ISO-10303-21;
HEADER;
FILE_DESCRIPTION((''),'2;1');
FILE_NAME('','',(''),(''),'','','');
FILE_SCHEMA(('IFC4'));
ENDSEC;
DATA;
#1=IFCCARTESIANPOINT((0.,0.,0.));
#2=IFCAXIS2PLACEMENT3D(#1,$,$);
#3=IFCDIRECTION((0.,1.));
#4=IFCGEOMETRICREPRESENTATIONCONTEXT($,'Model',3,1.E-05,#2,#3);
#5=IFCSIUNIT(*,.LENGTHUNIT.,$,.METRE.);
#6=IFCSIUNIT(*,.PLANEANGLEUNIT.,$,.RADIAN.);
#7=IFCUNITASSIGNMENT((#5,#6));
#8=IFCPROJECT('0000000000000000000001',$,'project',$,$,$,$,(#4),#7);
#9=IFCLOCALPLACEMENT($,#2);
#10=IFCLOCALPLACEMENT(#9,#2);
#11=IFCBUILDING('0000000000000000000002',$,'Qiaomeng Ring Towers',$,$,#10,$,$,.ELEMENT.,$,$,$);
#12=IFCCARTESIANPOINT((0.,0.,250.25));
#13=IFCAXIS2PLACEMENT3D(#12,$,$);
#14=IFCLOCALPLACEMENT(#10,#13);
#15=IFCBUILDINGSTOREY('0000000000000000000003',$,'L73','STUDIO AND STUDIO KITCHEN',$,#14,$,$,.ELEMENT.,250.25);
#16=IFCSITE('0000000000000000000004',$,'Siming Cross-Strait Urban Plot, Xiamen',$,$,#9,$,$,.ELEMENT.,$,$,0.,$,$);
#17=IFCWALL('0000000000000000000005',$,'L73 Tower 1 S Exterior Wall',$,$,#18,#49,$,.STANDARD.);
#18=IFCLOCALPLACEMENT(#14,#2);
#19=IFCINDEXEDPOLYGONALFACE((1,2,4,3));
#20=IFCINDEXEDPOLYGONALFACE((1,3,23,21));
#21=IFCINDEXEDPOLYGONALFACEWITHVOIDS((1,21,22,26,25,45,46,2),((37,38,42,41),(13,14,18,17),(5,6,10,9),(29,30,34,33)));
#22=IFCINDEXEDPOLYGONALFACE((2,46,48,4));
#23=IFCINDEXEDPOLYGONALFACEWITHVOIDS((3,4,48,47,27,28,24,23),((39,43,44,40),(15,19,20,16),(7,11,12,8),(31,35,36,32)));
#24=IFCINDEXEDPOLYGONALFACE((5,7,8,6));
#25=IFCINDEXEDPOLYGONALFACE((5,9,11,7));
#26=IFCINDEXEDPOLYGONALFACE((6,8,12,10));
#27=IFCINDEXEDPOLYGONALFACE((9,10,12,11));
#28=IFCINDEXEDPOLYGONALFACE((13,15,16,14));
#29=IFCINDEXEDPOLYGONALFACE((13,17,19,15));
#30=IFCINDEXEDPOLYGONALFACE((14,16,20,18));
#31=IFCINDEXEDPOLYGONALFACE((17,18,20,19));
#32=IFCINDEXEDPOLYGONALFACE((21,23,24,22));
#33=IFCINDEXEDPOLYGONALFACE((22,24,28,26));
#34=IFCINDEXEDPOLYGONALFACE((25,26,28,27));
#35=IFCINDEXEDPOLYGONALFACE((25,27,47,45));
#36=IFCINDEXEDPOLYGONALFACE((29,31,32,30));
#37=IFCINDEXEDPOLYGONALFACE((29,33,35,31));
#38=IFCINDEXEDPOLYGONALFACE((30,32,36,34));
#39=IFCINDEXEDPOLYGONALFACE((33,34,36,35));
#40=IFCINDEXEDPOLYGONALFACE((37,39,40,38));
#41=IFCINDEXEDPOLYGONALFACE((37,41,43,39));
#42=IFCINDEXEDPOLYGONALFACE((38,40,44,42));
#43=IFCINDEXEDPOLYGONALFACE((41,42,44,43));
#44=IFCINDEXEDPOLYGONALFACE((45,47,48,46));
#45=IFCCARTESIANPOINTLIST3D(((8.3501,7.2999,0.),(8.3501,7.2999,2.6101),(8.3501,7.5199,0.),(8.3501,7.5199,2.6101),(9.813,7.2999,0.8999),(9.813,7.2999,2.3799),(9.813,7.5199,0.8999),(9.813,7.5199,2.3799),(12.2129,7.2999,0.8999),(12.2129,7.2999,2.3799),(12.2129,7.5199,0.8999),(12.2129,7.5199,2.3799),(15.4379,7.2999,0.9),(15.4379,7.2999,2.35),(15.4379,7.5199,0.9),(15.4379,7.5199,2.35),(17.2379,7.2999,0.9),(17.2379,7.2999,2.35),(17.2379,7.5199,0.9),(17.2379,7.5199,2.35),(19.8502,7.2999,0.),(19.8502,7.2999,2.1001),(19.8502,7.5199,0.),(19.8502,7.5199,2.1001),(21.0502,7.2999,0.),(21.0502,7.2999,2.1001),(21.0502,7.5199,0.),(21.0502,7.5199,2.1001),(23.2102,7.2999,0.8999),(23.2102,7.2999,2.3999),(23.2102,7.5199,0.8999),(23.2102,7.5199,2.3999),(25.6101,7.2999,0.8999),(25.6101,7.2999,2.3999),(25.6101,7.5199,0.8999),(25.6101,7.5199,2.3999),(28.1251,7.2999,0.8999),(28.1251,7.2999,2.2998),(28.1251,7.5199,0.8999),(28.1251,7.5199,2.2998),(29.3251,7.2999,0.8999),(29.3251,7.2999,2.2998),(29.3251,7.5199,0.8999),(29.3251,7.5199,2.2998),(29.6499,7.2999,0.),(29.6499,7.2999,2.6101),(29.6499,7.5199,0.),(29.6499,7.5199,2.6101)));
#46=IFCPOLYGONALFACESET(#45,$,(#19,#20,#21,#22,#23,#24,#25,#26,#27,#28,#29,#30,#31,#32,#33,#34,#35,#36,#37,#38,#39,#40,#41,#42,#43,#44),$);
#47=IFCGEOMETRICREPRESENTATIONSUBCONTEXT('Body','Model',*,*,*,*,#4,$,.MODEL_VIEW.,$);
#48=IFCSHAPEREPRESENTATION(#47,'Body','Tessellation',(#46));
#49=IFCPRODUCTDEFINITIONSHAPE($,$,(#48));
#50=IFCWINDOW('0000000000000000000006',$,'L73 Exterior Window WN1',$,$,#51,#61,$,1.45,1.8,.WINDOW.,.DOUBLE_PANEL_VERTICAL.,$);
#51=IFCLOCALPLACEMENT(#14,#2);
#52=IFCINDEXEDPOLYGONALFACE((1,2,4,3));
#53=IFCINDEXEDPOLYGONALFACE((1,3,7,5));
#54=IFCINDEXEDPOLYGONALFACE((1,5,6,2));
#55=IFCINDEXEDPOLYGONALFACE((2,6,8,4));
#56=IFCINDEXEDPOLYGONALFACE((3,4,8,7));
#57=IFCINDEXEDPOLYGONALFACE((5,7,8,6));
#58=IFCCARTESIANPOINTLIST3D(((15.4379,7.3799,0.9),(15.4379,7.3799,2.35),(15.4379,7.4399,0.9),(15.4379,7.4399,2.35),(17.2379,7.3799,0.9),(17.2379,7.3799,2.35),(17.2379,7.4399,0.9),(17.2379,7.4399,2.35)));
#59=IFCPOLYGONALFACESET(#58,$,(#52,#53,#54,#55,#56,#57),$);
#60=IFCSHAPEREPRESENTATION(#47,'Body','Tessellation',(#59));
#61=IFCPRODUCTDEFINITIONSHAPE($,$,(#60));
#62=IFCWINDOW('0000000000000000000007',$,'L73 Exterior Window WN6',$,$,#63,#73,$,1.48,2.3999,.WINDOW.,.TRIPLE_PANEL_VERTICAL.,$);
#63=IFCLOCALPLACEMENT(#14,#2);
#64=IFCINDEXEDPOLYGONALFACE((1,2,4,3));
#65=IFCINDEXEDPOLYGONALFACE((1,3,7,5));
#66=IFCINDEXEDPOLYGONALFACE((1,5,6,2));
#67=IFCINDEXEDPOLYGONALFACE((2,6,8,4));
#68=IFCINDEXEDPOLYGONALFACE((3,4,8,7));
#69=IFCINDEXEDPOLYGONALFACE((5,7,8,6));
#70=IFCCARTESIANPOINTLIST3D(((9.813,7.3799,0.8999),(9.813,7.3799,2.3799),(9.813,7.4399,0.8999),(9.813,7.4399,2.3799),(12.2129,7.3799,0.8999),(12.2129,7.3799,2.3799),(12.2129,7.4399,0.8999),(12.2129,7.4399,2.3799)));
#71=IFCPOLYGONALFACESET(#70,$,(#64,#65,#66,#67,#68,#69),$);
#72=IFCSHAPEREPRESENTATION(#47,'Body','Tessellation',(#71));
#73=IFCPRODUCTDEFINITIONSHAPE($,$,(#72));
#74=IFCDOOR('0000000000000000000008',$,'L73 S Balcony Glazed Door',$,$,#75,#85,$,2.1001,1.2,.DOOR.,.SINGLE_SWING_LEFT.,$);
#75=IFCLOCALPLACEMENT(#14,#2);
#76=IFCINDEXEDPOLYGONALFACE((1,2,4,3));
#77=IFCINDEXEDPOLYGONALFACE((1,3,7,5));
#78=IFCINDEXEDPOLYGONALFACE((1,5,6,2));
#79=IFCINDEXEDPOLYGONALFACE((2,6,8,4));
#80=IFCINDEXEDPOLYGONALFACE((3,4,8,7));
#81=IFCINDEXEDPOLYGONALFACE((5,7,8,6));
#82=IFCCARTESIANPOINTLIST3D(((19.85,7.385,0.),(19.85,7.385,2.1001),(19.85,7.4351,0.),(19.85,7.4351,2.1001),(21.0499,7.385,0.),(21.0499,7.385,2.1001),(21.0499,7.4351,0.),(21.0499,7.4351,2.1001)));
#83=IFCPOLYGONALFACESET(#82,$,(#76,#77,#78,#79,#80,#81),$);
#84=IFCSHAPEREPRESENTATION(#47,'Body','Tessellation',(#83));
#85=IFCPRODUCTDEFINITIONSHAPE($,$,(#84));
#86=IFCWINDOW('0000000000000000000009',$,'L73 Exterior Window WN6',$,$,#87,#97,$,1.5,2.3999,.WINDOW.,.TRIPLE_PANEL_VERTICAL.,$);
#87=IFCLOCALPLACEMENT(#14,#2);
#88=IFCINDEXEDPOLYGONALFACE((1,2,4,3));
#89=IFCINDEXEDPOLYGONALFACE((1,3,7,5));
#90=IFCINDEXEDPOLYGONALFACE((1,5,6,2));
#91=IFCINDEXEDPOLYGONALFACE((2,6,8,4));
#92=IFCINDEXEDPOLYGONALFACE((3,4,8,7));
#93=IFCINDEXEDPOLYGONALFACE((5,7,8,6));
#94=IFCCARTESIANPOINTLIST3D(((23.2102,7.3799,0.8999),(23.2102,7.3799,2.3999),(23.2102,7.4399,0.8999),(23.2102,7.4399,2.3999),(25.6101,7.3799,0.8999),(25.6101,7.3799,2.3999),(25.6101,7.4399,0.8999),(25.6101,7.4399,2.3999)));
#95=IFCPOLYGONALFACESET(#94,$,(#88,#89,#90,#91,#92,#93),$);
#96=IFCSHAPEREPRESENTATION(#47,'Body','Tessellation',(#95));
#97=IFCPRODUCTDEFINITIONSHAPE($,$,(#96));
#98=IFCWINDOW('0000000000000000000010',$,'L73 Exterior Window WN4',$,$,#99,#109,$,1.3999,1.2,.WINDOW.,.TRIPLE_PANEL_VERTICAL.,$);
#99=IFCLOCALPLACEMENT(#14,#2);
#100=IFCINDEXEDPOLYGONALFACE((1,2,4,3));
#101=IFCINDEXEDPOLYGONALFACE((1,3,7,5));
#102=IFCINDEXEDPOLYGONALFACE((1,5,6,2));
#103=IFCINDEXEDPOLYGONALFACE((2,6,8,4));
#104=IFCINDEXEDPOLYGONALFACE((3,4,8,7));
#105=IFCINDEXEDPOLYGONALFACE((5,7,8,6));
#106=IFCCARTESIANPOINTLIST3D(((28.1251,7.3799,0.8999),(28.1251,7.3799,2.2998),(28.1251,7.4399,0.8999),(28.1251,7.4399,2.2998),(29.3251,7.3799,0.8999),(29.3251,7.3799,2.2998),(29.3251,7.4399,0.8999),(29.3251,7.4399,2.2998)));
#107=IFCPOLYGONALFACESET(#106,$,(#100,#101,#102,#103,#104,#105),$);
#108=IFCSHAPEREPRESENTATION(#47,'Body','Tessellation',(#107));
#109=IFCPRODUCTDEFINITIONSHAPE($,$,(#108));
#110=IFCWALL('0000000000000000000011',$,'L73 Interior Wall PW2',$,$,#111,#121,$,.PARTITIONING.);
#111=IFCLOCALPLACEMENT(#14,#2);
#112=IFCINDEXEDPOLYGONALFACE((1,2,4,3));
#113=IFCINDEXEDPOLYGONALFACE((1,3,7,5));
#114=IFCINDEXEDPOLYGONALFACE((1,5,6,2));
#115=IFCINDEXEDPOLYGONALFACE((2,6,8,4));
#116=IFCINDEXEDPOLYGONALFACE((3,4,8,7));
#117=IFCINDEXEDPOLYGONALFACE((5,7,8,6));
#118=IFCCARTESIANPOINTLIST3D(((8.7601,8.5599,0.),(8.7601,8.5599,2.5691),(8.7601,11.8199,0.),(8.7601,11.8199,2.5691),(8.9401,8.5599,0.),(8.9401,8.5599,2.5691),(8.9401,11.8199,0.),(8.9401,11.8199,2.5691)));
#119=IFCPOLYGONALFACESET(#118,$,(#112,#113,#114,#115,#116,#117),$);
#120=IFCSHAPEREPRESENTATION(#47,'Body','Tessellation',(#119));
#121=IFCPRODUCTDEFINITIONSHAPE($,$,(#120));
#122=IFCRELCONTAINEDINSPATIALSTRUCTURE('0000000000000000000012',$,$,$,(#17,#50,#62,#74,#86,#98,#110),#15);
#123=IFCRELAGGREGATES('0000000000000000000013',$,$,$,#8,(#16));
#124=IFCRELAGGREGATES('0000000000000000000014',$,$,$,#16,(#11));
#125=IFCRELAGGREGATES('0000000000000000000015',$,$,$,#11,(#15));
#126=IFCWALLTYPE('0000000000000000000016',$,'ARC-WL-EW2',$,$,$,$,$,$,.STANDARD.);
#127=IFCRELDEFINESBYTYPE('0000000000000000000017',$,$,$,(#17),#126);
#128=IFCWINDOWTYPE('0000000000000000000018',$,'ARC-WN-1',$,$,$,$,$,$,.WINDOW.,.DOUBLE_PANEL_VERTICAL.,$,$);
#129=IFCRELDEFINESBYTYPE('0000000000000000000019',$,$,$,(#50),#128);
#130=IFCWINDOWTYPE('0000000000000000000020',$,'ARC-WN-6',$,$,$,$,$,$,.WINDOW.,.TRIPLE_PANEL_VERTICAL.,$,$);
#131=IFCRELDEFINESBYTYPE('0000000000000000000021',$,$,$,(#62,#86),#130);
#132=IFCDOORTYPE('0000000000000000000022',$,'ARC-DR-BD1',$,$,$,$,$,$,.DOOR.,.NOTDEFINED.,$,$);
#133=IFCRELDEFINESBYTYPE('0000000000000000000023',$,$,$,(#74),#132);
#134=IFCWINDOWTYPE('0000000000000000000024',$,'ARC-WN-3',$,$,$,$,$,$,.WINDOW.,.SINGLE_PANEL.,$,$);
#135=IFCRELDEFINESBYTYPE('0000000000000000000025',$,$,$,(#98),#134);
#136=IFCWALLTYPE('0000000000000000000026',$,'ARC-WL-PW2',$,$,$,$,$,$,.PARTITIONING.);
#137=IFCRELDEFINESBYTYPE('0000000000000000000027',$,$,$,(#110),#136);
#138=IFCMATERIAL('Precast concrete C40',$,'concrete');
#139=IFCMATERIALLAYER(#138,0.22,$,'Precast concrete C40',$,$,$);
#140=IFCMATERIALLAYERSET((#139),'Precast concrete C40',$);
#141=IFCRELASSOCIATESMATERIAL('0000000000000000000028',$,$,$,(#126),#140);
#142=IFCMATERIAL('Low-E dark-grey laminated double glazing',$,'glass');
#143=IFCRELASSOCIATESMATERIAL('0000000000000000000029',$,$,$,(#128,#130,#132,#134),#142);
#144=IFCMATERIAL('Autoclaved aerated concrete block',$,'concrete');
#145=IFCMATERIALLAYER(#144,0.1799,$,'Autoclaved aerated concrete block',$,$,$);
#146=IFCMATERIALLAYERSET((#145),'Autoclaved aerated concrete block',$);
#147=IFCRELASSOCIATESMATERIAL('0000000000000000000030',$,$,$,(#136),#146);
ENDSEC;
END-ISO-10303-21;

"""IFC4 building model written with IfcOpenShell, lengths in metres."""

from ifc_helpers import new_model, si_unit, direction, frame, frame_2d, origin, place, context, subcontext, project, spatial, rectangle, extrude, source, transform, mapped, material, layer, layer_set, type_object, element, fill, save


model = new_model("IFC4")

# Units and contexts
model_context = context("Model", 3, precision=1e-05, world=origin(), true_north=direction((0.0, 1.0)))
body_context = subcontext(model_context, "Body", "Model", "MODEL_VIEW")
ifc_project = project(units=[si_unit("LENGTHUNIT", "METRE"), si_unit("PLANEANGLEUNIT", "RADIAN")], contexts=[model_context])

# Site, building, storey
site_placement = place(None, origin())
site = spatial("IfcSite", under=ifc_project, at=site_placement, Name="Siming Cross-Strait Urban Plot, Xiamen", CompositionType="ELEMENT", RefElevation=0.0)
building_placement = place(site_placement, origin())
building = spatial("IfcBuilding", under=site, at=building_placement, Name="Qiaomeng Ring Towers", CompositionType="ELEMENT")
storey_placement = place(building_placement, frame((0.0, 0.0, 250.25)))
storey = spatial("IfcBuildingStorey", under=building, at=storey_placement, Name="L73", Description="STUDIO AND STUDIO KITCHEN", CompositionType="ELEMENT", Elevation=250.25)

# Shared definitions
ifc_material_1 = material(Name="Low-E dark-grey laminated double glazing", Category="glass")

# Wall, openings, windows, door
ifc_material_2 = material(Name="Precast concrete C40", Category="concrete")
ifc_layer_1 = layer(ifc_material_2, 0.22, Name="Precast concrete C40")
ifc_layer_set_1 = layer_set([ifc_layer_1], Name="Precast concrete C40")
wall_type_1 = type_object("IfcWallType", Name="ARC-WL-EW2", PredefinedType="STANDARD", material=ifc_layer_set_1)
wall_1_placement = place(storey_placement, frame((8.3501, 7.4099, 0.0), z_axis=(0.0, 0.0, 1.0), x_axis=(1.0, 0.0, 0.0)))
wall_1 = element("IfcWall", 1, at=wall_1_placement, inside=storey, type_object=wall_type_1, Name="L73 Tower 1 S Exterior Wall", PredefinedType="STANDARD", context=body_context, shape_type="SweptSolid", body=[
    extrude(rectangle(XDim=21.2998, YDim=0.22, at=frame_2d((10.6499, 0.0))), origin(), (0.0, 0.0, 1.0), 2.6101),
])
opening_1_placement = place(wall_1_placement, frame((11.5, 0.0, 0.0)))
opening_1 = element("IfcOpeningElement", 2, at=opening_1_placement, cuts=wall_1, PredefinedType="OPENING", context=body_context, shape_type="SweptSolid", body=[
    extrude(rectangle(XDim=1.2, YDim=2.1001, at=frame_2d((0.6001, 1.05))), frame((0.0, 0.1199, 0.0), z_axis=(0.0, -1.0, 0.0), x_axis=(1.0, 0.0, 0.0)), (0.0, 0.0, 1.0), 0.24),
])
opening_2_placement = place(wall_1_placement, frame((1.4629, 0.0, 0.8999)))
opening_2 = element("IfcOpeningElement", 3, at=opening_2_placement, cuts=wall_1, PredefinedType="OPENING", context=body_context, shape_type="SweptSolid", body=[
    extrude(rectangle(XDim=2.3999, YDim=1.48, at=frame_2d((1.2, 0.74))), frame((0.0, 0.1199, 0.0), z_axis=(0.0, -1.0, 0.0), x_axis=(1.0, 0.0, 0.0)), (0.0, 0.0, 1.0), 0.24),
])
opening_3_placement = place(wall_1_placement, frame((7.0879, 0.0, 0.8999)))
opening_3 = element("IfcOpeningElement", 4, at=opening_3_placement, cuts=wall_1, PredefinedType="OPENING", context=body_context, shape_type="SweptSolid", body=[
    extrude(rectangle(XDim=1.8, YDim=1.45, at=frame_2d((0.8999, 0.7251))), frame((0.0, 0.1199, 0.0), z_axis=(0.0, -1.0, 0.0), x_axis=(1.0, 0.0, 0.0)), (0.0, 0.0, 1.0), 0.24),
])
opening_4_placement = place(wall_1_placement, frame((19.7749, 0.0, 0.8999)))
opening_4 = element("IfcOpeningElement", 5, at=opening_4_placement, cuts=wall_1, PredefinedType="OPENING", context=body_context, shape_type="SweptSolid", body=[
    extrude(rectangle(XDim=1.2, YDim=1.3999, at=frame_2d((0.6001, 0.7))), frame((0.0, 0.1199, 0.0), z_axis=(0.0, -1.0, 0.0), x_axis=(1.0, 0.0, 0.0)), (0.0, 0.0, 1.0), 0.24),
])
opening_5_placement = place(wall_1_placement, frame((14.8601, 0.0, 0.8999)))
opening_5 = element("IfcOpeningElement", 6, at=opening_5_placement, cuts=wall_1, PredefinedType="OPENING", context=body_context, shape_type="SweptSolid", body=[
    extrude(rectangle(XDim=2.3999, YDim=1.5, at=frame_2d((1.2, 0.75))), frame((0.0, 0.1199, 0.0), z_axis=(0.0, -1.0, 0.0), x_axis=(1.0, 0.0, 0.0)), (0.0, 0.0, 1.0), 0.24),
])
window_type_1 = type_object("IfcWindowType", Name="ARC-WN-1", PartitioningType="DOUBLE_PANEL_VERTICAL", PredefinedType="WINDOW", material=ifc_material_1)
shared_shape_1 = source(origin(), body_context, "Body", "SweptSolid", [
    extrude(rectangle(XDim=1.8, YDim=1.45, at=frame_2d((0.8999, 0.7251))), frame((0.0, 0.03, 0.0), z_axis=(0.0, -1.0, 0.0), x_axis=(1.0, 0.0, 0.0)), (0.0, 0.0, 1.0), 0.0601),
])
window_1_placement = place(opening_3_placement, origin())
window_1 = element("IfcWindow", 7, at=window_1_placement, inside=storey, type_object=window_type_1, Name="L73 Exterior Window WN1", OverallHeight=1.45, OverallWidth=1.8, PartitioningType="DOUBLE_PANEL_VERTICAL", PredefinedType="WINDOW", context=body_context, shape_type="MappedRepresentation", body=[
    mapped(shared_shape_1, transform((0.0, 0.0, 0.0), x_axis=(1.0, 0.0, 0.0), y_axis=(0.0, 1.0, 0.0), z_axis=(0.0, 0.0, 1.0), scale=1.0)),
])
fill(opening_3, window_1)
window_type_2 = type_object("IfcWindowType", Name="ARC-WN-6", PartitioningType="TRIPLE_PANEL_VERTICAL", PredefinedType="WINDOW", material=ifc_material_1)
shared_shape_2 = source(origin(), body_context, "Body", "SweptSolid", [
    extrude(rectangle(XDim=2.3999, YDim=1.48, at=frame_2d((1.2, 0.74))), frame((0.0, 0.03, 0.0), z_axis=(0.0, -1.0, 0.0), x_axis=(1.0, 0.0, 0.0)), (0.0, 0.0, 1.0), 0.0601),
])
window_2_placement = place(opening_2_placement, origin())
window_2 = element("IfcWindow", 8, at=window_2_placement, inside=storey, type_object=window_type_2, Name="L73 Exterior Window WN6", OverallHeight=1.48, OverallWidth=2.3999, PartitioningType="TRIPLE_PANEL_VERTICAL", PredefinedType="WINDOW", context=body_context, shape_type="MappedRepresentation", body=[
    mapped(shared_shape_2, transform((0.0, 0.0, 0.0), x_axis=(1.0, 0.0, 0.0), y_axis=(0.0, 1.0, 0.0), z_axis=(0.0, 0.0, 1.0), scale=1.0)),
])
fill(opening_2, window_2)
door_type_1 = type_object("IfcDoorType", Name="ARC-DR-BD1", OperationType="NOTDEFINED", PredefinedType="DOOR", material=ifc_material_1)
shared_shape_3 = source(origin(), body_context, "Body", "SweptSolid", [
    extrude(rectangle(XDim=1.2, YDim=2.1001, at=frame_2d((0.6001, 1.05))), frame((0.0, 0.0249, 0.0), z_axis=(0.0, -1.0, 0.0), x_axis=(1.0, 0.0, 0.0)), (0.0, 0.0, 1.0), 0.05),
])
door_1_placement = place(opening_1_placement, frame((1.2, 0.0, 0.0), z_axis=(0.0, 0.0, 1.0), x_axis=(-1.0, 0.0, 0.0)))
door_1 = element("IfcDoor", 9, at=door_1_placement, inside=storey, type_object=door_type_1, Name="L73 S Balcony Glazed Door", OperationType="SINGLE_SWING_LEFT", OverallHeight=2.1001, OverallWidth=1.2, PredefinedType="DOOR", context=body_context, shape_type="MappedRepresentation", body=[
    mapped(shared_shape_3, transform((0.0, 0.0, 0.0), x_axis=(1.0, 0.0, 0.0), y_axis=(0.0, 1.0, 0.0), z_axis=(0.0, 0.0, 1.0), scale=1.0)),
])
fill(opening_1, door_1)
shared_shape_4 = source(origin(), body_context, "Body", "SweptSolid", [
    extrude(rectangle(XDim=2.3999, YDim=1.5, at=frame_2d((1.2, 0.75))), frame((0.0, 0.03, 0.0), z_axis=(0.0, -1.0, 0.0), x_axis=(1.0, 0.0, 0.0)), (0.0, 0.0, 1.0), 0.0601),
])
window_3_placement = place(opening_5_placement, origin())
window_3 = element("IfcWindow", 10, at=window_3_placement, inside=storey, type_object=window_type_2, Name="L73 Exterior Window WN6", OverallHeight=1.5, OverallWidth=2.3999, PartitioningType="TRIPLE_PANEL_VERTICAL", PredefinedType="WINDOW", context=body_context, shape_type="MappedRepresentation", body=[
    mapped(shared_shape_4, transform((0.0, 0.0, 0.0), x_axis=(1.0, 0.0, 0.0), y_axis=(0.0, 1.0, 0.0), z_axis=(0.0, 0.0, 1.0), scale=1.0)),
])
fill(opening_5, window_3)
window_type_3 = type_object("IfcWindowType", Name="ARC-WN-3", PartitioningType="SINGLE_PANEL", PredefinedType="WINDOW", material=ifc_material_1)
shared_shape_5 = source(origin(), body_context, "Body", "SweptSolid", [
    extrude(rectangle(XDim=1.2, YDim=1.3999, at=frame_2d((0.6001, 0.7))), frame((0.0, 0.03, 0.0), z_axis=(0.0, -1.0, 0.0), x_axis=(1.0, 0.0, 0.0)), (0.0, 0.0, 1.0), 0.0601),
])
window_4_placement = place(opening_4_placement, origin())
window_4 = element("IfcWindow", 11, at=window_4_placement, inside=storey, type_object=window_type_3, Name="L73 Exterior Window WN4", OverallHeight=1.3999, OverallWidth=1.2, PartitioningType="TRIPLE_PANEL_VERTICAL", PredefinedType="WINDOW", context=body_context, shape_type="MappedRepresentation", body=[
    mapped(shared_shape_5, transform((0.0, 0.0, 0.0), x_axis=(1.0, 0.0, 0.0), y_axis=(0.0, 1.0, 0.0), z_axis=(0.0, 0.0, 1.0), scale=1.0)),
])
fill(opening_4, window_4)

# Wall
ifc_material_3 = material(Name="Autoclaved aerated concrete block", Category="concrete")
ifc_layer_2 = layer(ifc_material_3, 0.1799, Name="Autoclaved aerated concrete block")
ifc_layer_set_2 = layer_set([ifc_layer_2], Name="Autoclaved aerated concrete block")
wall_type_2 = type_object("IfcWallType", Name="ARC-WL-PW2", PredefinedType="PARTITIONING", material=ifc_layer_set_2)
wall_2_placement = place(storey_placement, frame((8.8501, 8.5601, 0.0), z_axis=(0.0, 0.0, 1.0), x_axis=(0.0, 1.0, 0.0)))
element("IfcWall", 12, at=wall_2_placement, inside=storey, type_object=wall_type_2, Name="L73 Interior Wall PW2", PredefinedType="PARTITIONING", context=body_context, shape_type="SweptSolid", body=[
    extrude(rectangle(XDim=3.26, YDim=0.1799, at=frame_2d((1.6299, 0.0))), origin(), (0.0, 0.0, 1.0), 2.5691),
])

save(model, "model.ifc")
